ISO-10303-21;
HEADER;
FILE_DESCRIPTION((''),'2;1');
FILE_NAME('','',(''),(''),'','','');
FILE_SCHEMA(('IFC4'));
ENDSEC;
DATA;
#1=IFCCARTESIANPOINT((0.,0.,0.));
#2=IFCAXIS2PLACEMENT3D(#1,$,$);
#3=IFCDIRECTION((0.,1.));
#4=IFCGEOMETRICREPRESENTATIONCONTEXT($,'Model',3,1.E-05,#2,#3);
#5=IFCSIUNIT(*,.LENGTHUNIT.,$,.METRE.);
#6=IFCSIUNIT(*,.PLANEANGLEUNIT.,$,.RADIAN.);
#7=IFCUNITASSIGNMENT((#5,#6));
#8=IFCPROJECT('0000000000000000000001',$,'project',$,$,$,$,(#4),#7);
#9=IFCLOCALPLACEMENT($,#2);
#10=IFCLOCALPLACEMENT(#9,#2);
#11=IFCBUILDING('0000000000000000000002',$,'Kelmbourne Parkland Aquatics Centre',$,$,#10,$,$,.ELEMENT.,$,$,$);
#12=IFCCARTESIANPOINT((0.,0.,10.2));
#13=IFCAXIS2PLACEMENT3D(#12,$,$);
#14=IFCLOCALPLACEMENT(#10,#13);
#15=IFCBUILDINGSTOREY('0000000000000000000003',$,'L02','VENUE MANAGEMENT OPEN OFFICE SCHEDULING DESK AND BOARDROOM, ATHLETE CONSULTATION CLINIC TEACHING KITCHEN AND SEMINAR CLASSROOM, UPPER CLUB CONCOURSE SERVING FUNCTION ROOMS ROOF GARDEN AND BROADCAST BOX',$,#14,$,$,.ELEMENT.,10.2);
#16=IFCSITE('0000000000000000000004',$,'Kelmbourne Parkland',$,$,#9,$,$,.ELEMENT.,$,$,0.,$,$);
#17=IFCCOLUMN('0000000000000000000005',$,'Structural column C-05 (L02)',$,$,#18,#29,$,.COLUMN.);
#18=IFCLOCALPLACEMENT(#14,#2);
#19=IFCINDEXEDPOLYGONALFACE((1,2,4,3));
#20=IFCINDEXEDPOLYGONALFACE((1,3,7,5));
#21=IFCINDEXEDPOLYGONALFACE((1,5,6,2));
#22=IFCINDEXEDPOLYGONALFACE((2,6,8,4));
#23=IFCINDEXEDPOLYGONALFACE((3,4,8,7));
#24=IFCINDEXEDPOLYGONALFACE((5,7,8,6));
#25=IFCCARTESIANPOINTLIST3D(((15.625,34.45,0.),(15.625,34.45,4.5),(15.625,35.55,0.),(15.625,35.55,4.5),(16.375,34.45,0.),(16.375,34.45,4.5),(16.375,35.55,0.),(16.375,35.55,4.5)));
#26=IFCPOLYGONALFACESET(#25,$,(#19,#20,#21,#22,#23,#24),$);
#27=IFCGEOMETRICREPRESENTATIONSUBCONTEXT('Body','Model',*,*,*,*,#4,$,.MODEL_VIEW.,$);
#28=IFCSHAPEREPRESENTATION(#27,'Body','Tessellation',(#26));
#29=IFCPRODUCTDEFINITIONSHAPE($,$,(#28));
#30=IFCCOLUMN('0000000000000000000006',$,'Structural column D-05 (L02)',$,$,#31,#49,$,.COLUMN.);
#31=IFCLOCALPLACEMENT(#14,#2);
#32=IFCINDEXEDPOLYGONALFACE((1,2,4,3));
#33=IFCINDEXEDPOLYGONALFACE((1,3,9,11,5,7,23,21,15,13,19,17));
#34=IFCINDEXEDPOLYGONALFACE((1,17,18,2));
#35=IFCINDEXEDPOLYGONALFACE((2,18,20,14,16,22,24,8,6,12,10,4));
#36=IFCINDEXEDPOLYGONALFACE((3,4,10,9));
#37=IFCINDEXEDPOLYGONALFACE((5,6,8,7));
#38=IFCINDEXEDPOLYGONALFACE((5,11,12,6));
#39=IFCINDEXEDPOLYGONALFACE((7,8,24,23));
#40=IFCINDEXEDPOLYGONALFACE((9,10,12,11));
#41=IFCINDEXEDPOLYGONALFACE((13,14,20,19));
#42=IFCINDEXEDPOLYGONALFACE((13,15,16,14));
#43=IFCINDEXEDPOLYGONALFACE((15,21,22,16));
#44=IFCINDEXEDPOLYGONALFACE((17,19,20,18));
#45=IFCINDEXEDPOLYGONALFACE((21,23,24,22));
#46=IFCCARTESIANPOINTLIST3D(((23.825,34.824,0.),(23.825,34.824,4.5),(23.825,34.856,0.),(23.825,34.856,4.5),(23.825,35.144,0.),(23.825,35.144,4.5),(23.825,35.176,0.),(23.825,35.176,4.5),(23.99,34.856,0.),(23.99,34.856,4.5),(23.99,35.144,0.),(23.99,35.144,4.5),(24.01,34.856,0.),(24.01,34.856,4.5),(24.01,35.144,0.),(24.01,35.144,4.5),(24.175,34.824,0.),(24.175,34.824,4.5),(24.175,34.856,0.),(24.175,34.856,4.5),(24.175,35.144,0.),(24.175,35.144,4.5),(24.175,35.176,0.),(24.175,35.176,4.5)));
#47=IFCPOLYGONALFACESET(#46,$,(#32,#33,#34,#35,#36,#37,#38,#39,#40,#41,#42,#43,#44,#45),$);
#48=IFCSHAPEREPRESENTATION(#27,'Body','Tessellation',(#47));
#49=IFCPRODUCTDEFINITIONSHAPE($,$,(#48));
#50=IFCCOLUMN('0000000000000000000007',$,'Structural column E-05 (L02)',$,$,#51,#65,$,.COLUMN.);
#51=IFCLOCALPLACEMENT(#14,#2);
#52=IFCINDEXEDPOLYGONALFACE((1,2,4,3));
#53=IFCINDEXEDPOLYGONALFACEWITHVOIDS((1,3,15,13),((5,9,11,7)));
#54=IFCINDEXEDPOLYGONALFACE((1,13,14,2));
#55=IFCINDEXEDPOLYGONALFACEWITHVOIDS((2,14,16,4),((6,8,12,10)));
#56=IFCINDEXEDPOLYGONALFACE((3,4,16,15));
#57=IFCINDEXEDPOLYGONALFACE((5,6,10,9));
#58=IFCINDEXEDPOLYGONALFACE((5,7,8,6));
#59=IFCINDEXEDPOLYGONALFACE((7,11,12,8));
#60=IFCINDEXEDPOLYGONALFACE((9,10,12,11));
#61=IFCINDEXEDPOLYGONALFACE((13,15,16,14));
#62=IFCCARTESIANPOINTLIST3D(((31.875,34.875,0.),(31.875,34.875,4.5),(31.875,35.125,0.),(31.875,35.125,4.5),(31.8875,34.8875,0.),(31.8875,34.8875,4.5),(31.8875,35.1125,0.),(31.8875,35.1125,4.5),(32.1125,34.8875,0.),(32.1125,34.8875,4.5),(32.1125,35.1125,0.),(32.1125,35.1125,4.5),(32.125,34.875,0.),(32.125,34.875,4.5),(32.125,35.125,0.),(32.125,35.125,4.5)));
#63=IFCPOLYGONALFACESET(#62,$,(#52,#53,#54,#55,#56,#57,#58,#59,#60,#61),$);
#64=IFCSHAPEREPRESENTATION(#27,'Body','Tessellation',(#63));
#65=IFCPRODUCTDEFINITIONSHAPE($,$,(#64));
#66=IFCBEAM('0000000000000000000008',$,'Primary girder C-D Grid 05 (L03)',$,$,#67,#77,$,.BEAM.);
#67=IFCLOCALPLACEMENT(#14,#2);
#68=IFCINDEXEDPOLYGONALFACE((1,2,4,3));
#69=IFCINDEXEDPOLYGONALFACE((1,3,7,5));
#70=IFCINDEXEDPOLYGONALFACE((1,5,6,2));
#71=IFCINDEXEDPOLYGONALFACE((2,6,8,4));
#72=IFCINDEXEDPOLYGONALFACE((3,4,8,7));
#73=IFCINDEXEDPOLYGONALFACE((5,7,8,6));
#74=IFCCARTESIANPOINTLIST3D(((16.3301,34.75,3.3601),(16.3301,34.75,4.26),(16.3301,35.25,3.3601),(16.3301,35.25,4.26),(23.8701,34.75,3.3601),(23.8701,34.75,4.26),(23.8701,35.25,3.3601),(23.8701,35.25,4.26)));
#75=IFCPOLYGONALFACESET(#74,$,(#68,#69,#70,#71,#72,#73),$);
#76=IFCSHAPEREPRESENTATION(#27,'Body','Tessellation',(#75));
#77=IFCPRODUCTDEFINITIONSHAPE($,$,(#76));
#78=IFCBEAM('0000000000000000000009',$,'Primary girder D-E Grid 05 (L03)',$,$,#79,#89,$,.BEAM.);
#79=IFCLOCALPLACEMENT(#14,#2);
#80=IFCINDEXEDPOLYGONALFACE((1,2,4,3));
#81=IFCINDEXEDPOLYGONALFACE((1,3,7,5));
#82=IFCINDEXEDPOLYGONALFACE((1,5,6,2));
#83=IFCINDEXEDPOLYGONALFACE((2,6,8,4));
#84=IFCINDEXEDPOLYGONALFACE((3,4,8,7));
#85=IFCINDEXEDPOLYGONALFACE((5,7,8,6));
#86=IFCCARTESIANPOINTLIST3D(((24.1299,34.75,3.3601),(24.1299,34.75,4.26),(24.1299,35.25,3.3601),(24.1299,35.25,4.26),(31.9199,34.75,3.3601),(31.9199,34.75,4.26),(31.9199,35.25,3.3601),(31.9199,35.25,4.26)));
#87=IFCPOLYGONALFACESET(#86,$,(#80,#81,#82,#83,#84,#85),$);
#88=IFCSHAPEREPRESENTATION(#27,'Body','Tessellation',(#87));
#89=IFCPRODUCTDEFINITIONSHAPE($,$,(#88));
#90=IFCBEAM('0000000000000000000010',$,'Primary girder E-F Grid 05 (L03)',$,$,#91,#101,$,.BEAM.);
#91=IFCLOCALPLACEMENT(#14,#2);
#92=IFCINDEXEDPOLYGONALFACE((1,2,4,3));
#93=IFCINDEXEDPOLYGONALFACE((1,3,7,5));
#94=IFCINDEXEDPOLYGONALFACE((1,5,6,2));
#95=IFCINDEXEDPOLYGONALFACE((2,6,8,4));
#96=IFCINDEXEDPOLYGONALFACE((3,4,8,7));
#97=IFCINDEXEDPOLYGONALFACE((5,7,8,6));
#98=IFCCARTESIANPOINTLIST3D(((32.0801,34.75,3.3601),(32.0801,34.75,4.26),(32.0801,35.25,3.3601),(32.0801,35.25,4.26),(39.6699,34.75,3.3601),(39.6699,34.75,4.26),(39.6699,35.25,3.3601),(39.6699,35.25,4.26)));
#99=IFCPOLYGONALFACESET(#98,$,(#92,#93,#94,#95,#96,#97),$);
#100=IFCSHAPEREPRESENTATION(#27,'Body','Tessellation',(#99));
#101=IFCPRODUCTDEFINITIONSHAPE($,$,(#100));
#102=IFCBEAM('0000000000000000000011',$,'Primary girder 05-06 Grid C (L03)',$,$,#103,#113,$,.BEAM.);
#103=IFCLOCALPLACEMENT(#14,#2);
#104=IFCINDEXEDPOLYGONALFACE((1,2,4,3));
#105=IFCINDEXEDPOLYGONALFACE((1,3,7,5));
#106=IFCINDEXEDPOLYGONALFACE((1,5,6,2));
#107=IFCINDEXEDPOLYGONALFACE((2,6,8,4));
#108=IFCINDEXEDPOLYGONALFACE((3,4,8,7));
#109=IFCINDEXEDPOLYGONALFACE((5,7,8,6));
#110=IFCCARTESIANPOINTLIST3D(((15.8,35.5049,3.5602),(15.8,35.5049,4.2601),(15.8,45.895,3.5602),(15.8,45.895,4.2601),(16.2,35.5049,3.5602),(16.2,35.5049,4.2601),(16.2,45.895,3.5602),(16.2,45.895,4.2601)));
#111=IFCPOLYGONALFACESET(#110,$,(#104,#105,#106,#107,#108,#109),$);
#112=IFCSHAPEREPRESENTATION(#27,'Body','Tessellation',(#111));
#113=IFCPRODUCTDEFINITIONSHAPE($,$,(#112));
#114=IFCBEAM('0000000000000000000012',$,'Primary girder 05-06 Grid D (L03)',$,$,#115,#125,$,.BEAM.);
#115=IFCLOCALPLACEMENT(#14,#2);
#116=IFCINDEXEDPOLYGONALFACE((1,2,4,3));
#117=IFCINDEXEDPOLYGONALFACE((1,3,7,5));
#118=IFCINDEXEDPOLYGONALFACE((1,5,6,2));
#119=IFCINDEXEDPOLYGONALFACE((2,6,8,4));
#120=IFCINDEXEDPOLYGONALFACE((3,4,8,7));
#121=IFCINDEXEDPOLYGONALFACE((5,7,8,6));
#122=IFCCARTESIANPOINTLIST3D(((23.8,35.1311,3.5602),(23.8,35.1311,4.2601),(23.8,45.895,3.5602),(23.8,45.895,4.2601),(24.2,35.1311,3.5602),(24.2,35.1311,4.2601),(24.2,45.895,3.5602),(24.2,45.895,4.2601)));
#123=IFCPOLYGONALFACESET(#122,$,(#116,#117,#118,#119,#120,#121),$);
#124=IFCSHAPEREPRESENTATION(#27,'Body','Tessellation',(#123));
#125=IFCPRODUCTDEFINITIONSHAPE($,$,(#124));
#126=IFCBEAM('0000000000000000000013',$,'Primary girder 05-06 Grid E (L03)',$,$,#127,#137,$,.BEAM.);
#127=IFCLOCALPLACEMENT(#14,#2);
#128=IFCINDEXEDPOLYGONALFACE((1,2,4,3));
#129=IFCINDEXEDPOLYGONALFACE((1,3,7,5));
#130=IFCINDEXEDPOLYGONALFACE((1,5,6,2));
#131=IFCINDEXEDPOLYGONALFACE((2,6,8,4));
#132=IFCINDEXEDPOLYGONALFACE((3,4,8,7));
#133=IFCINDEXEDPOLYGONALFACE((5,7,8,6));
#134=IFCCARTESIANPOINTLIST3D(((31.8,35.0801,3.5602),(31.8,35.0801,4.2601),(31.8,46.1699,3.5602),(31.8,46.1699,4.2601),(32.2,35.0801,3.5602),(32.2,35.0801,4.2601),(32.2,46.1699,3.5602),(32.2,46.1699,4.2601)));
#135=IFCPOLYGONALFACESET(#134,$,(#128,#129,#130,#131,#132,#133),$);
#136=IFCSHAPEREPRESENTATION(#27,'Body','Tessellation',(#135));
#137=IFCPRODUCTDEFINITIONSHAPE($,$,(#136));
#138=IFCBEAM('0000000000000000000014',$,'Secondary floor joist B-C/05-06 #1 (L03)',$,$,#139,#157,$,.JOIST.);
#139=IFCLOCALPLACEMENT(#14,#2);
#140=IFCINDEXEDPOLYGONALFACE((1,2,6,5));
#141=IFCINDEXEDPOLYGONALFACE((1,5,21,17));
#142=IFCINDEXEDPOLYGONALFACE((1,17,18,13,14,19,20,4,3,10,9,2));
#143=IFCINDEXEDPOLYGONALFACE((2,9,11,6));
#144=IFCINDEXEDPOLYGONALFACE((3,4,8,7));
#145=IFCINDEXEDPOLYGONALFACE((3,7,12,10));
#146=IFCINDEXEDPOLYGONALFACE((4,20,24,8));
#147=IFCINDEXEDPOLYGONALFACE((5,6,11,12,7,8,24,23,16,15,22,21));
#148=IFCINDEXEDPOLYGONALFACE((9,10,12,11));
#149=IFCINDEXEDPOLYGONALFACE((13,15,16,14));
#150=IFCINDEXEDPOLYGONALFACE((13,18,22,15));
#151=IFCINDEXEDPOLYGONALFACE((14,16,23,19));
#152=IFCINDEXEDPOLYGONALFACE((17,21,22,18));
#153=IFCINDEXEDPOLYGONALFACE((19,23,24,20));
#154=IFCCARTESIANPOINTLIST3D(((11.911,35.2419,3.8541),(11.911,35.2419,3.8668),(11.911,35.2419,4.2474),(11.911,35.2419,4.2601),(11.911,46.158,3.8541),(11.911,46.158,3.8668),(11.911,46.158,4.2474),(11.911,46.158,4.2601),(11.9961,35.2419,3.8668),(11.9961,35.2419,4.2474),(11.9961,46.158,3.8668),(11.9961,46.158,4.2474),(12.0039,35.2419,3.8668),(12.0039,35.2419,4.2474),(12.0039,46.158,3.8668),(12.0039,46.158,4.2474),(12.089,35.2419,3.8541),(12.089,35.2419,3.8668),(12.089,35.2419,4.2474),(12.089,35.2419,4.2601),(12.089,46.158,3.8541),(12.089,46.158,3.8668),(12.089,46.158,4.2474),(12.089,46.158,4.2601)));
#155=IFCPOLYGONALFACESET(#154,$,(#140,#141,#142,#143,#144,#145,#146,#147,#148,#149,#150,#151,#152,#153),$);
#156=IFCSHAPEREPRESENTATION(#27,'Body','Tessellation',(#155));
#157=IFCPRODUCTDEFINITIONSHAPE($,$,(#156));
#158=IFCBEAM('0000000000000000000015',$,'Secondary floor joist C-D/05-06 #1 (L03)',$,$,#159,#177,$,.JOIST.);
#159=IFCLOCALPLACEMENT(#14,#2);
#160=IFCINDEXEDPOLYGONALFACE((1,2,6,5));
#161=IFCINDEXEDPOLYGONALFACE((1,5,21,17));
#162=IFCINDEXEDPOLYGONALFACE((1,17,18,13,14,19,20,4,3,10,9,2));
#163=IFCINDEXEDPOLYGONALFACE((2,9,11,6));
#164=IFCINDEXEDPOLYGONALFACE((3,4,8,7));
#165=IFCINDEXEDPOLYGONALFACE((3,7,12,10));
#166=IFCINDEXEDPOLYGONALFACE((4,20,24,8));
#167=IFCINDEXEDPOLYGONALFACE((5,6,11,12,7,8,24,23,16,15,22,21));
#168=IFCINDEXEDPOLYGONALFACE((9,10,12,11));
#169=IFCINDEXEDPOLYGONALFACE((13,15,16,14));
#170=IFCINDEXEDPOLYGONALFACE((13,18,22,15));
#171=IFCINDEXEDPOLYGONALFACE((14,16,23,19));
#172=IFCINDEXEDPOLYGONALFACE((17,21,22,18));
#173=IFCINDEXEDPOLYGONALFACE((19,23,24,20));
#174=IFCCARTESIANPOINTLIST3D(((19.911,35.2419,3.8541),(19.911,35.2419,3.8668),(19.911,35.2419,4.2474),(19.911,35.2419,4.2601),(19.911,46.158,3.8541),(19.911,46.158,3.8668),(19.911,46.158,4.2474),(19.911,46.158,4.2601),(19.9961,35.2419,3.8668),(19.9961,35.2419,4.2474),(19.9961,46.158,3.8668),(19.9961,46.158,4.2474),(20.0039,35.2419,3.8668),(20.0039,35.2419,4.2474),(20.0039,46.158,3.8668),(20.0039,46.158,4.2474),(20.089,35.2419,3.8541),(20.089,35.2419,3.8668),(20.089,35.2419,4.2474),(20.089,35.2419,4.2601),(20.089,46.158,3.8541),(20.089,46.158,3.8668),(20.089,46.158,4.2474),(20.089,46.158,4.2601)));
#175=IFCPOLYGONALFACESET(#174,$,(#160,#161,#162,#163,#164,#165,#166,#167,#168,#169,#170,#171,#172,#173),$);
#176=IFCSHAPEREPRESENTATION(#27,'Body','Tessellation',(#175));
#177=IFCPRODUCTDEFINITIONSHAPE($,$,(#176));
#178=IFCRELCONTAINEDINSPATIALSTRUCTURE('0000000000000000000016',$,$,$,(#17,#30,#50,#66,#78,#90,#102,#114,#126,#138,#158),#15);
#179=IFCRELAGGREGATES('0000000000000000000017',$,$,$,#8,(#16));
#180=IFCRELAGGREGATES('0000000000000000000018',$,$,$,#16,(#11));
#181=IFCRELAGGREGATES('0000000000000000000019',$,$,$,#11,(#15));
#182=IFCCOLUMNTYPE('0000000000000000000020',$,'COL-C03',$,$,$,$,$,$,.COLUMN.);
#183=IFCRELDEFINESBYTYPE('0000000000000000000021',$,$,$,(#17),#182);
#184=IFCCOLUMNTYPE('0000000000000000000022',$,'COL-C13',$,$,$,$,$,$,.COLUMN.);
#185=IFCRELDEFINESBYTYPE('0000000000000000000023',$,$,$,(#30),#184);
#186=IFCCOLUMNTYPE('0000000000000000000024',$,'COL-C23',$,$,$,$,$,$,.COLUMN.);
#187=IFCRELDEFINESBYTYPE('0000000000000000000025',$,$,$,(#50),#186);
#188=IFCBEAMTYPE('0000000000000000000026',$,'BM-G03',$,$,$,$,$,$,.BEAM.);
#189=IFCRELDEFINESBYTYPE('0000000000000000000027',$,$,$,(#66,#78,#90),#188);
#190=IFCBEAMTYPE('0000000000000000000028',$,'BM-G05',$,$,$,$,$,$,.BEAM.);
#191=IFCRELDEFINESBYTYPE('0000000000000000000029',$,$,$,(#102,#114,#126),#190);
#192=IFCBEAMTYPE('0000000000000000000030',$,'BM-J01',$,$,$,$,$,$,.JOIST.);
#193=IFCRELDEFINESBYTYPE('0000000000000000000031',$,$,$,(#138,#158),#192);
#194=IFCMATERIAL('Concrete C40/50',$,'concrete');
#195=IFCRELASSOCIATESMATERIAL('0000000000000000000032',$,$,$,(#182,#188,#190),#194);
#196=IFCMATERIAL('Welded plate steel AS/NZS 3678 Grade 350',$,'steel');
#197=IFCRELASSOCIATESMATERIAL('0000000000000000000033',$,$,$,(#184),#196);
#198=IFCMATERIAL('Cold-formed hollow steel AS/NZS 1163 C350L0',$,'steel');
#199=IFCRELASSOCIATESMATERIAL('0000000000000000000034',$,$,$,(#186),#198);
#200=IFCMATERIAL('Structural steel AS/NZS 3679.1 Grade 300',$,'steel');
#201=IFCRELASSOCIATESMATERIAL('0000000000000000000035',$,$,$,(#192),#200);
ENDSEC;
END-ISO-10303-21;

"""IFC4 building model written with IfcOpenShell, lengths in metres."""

from ifc_helpers import new_model, si_unit, direction, frame, origin, origin_2d, place, context, subcontext, project, spatial, rectangle, hollow_rectangle, i_section, extrude, material, material_profile, profile_set, type_object, element, save


model = new_model("IFC4")

# Units and contexts
model_context = context("Model", 3, precision=1e-05, world=origin(), true_north=direction((0.0, 1.0)))
body_context = subcontext(model_context, "Body", "Model", "MODEL_VIEW")
ifc_project = project(units=[si_unit("LENGTHUNIT", "METRE"), si_unit("PLANEANGLEUNIT", "RADIAN")], contexts=[model_context])

# Site, building, storey
site_placement = place(None, origin())
site = spatial("IfcSite", under=ifc_project, at=site_placement, Name="Kelmbourne Parkland", CompositionType="ELEMENT", RefElevation=0.0)
building_placement = place(site_placement, origin())
building = spatial("IfcBuilding", under=site, at=building_placement, Name="Kelmbourne Parkland Aquatics Centre", CompositionType="ELEMENT")
storey_placement = place(building_placement, frame((0.0, 0.0, 10.2)))
storey = spatial("IfcBuildingStorey", under=building, at=storey_placement, Name="L02", Description="VENUE MANAGEMENT OPEN OFFICE SCHEDULING DESK AND BOARDROOM, ATHLETE CONSULTATION CLINIC TEACHING KITCHEN AND SEMINAR CLASSROOM, UPPER CLUB CONCOURSE SERVING FUNCTION ROOMS ROOF GARDEN AND BROADCAST BOX", CompositionType="ELEMENT", Elevation=10.2)

# Columns
ifc_material_1 = material(Name="Concrete C40/50", Category="concrete")
ifc_material_profile_1 = material_profile(ifc_material_1, rectangle(XDim=0.75, YDim=1.1001, at=origin_2d()), Name="RC 750x1100")
ifc_profile_set_1 = profile_set([ifc_material_profile_1], Name="Concrete C40/50")
column_type_1 = type_object("IfcColumnType", Name="COL-C03", PredefinedType="COLUMN", material=ifc_profile_set_1)
column_1_placement = place(storey_placement, frame((16.0, 35.0, 0.0), z_axis=(0.0, 0.0, 1.0), x_axis=(1.0, 0.0, 0.0)))
element("IfcColumn", 1, at=column_1_placement, inside=storey, type_object=column_type_1, Name="Structural column C-05 (L02)", PredefinedType="COLUMN", context=body_context, shape_type="SweptSolid", body=[
    extrude(rectangle(XDim=0.75, YDim=1.1001, at=origin_2d()), origin(), (0.0, 0.0, 1.0), 4.5),
])
ifc_material_2 = material(Name="Welded plate steel AS/NZS 3678 Grade 350", Category="steel")
ifc_material_profile_2 = material_profile(ifc_material_2, i_section(OverallWidth=0.3501, OverallDepth=0.3521, WebThickness=0.02, FlangeThickness=0.032, at=origin_2d()), Name="350WC230")
ifc_profile_set_2 = profile_set([ifc_material_profile_2], Name="Welded plate steel AS/NZS 3678 Grade 350")
column_type_2 = type_object("IfcColumnType", Name="COL-C13", PredefinedType="COLUMN", material=ifc_profile_set_2)
column_2_placement = place(storey_placement, frame((24.0, 35.0, 0.0), z_axis=(0.0, 0.0, 1.0), x_axis=(1.0, 0.0, 0.0)))
element("IfcColumn", 2, at=column_2_placement, inside=storey, type_object=column_type_2, Name="Structural column D-05 (L02)", PredefinedType="COLUMN", context=body_context, shape_type="SweptSolid", body=[
    extrude(i_section(OverallWidth=0.3501, OverallDepth=0.3521, WebThickness=0.02, FlangeThickness=0.032, at=origin_2d()), origin(), (0.0, 0.0, 1.0), 4.5),
])
ifc_material_3 = material(Name="Cold-formed hollow steel AS/NZS 1163 C350L0", Category="steel")
ifc_material_profile_3 = material_profile(ifc_material_3, hollow_rectangle(XDim=0.25, YDim=0.25, WallThickness=0.0125, at=origin_2d()), Name="SHS 250x250x12.5")
ifc_profile_set_3 = profile_set([ifc_material_profile_3], Name="Cold-formed hollow steel AS/NZS 1163 C350L0")
column_type_3 = type_object("IfcColumnType", Name="COL-C23", PredefinedType="COLUMN", material=ifc_profile_set_3)
column_3_placement = place(storey_placement, frame((32.0, 35.0, 0.0), z_axis=(0.0, 0.0, 1.0), x_axis=(1.0, 0.0, 0.0)))
element("IfcColumn", 3, at=column_3_placement, inside=storey, type_object=column_type_3, Name="Structural column E-05 (L02)", PredefinedType="COLUMN", context=body_context, shape_type="SweptSolid", body=[
    extrude(hollow_rectangle(XDim=0.25, YDim=0.25, WallThickness=0.0125, at=origin_2d()), origin(), (0.0, 0.0, 1.0), 4.5),
])

# Beams
ifc_material_profile_4 = material_profile(ifc_material_1, rectangle(XDim=0.5, YDim=0.8999, at=origin_2d()), Name="RC 500x900")
ifc_profile_set_4 = profile_set([ifc_material_profile_4], Name="Concrete C40/50")
beam_type_1 = type_object("IfcBeamType", Name="BM-G03", PredefinedType="BEAM", material=ifc_profile_set_4)
beam_1_placement = place(storey_placement, frame((16.3301, 35.0, 3.8101), z_axis=(1.0, 0.0, 0.0), x_axis=(0.0, 1.0, 0.0)))
element("IfcBeam", 4, at=beam_1_placement, inside=storey, type_object=beam_type_1, Name="Primary girder C-D Grid 05 (L03)", PredefinedType="BEAM", context=body_context, shape_type="SweptSolid", body=[
    extrude(rectangle(XDim=0.5, YDim=0.8999, at=origin_2d()), origin(), (0.0, 0.0, 1.0), 7.54),
])
beam_2_placement = place(storey_placement, frame((24.1299, 35.0, 3.8101), z_axis=(1.0, 0.0, 0.0), x_axis=(0.0, 1.0, 0.0)))
element("IfcBeam", 5, at=beam_2_placement, inside=storey, type_object=beam_type_1, Name="Primary girder D-E Grid 05 (L03)", PredefinedType="BEAM", context=body_context, shape_type="SweptSolid", body=[
    extrude(rectangle(XDim=0.5, YDim=0.8999, at=origin_2d()), origin(), (0.0, 0.0, 1.0), 7.79),
])
beam_3_placement = place(storey_placement, frame((32.0801, 35.0, 3.8101), z_axis=(1.0, 0.0, 0.0), x_axis=(0.0, 1.0, 0.0)))
element("IfcBeam", 6, at=beam_3_placement, inside=storey, type_object=beam_type_1, Name="Primary girder E-F Grid 05 (L03)", PredefinedType="BEAM", context=body_context, shape_type="SweptSolid", body=[
    extrude(rectangle(XDim=0.5, YDim=0.8999, at=origin_2d()), origin(), (0.0, 0.0, 1.0), 7.5898),
])
ifc_material_profile_5 = material_profile(ifc_material_1, rectangle(XDim=0.3999, YDim=0.7, at=origin_2d()), Name="RC 400x700")
ifc_profile_set_5 = profile_set([ifc_material_profile_5], Name="Concrete C40/50")
beam_type_2 = type_object("IfcBeamType", Name="BM-G05", PredefinedType="BEAM", material=ifc_profile_set_5)
beam_4_placement = place(storey_placement, frame((16.0, 35.5049, 3.9102), z_axis=(0.0, 1.0, 0.0), x_axis=(-1.0, 0.0, 0.0)))
element("IfcBeam", 7, at=beam_4_placement, inside=storey, type_object=beam_type_2, Name="Primary girder 05-06 Grid C (L03)", PredefinedType="BEAM", context=body_context, shape_type="SweptSolid", body=[
    extrude(rectangle(XDim=0.3999, YDim=0.7, at=origin_2d()), origin(), (0.0, 0.0, 1.0), 10.3901),
])
beam_5_placement = place(storey_placement, frame((24.0, 35.1311, 3.9102), z_axis=(0.0, 1.0, 0.0), x_axis=(-1.0, 0.0, 0.0)))
element("IfcBeam", 8, at=beam_5_placement, inside=storey, type_object=beam_type_2, Name="Primary girder 05-06 Grid D (L03)", PredefinedType="BEAM", context=body_context, shape_type="SweptSolid", body=[
    extrude(rectangle(XDim=0.3999, YDim=0.7, at=origin_2d()), origin(), (0.0, 0.0, 1.0), 10.7639),
])
beam_6_placement = place(storey_placement, frame((32.0, 35.0801, 3.9102), z_axis=(0.0, 1.0, 0.0), x_axis=(-1.0, 0.0, 0.0)))
element("IfcBeam", 9, at=beam_6_placement, inside=storey, type_object=beam_type_2, Name="Primary girder 05-06 Grid E (L03)", PredefinedType="BEAM", context=body_context, shape_type="SweptSolid", body=[
    extrude(rectangle(XDim=0.3999, YDim=0.7, at=origin_2d()), origin(), (0.0, 0.0, 1.0), 11.0898),
])
ifc_material_4 = material(Name="Structural steel AS/NZS 3679.1 Grade 300", Category="steel")
ifc_material_profile_6 = material_profile(ifc_material_4, i_section(OverallWidth=0.178, OverallDepth=0.406, WebThickness=0.0078, FlangeThickness=0.0127, at=origin_2d()), Name="410UB59.7")
ifc_profile_set_6 = profile_set([ifc_material_profile_6], Name="Structural steel AS/NZS 3679.1 Grade 300")
beam_type_3 = type_object("IfcBeamType", Name="BM-J01", PredefinedType="JOIST", material=ifc_profile_set_6)
for number, where, z_axis, x_axis, name in (
    (10, (12.0, 35.2419, 4.0571), (0.0, 1.0, 0.0), (-1.0, 0.0, 0.0), "Secondary floor joist B-C/05-06 #1 (L03)"),
    (11, (20.0, 35.2419, 4.0571), (0.0, 1.0, 0.0), (-1.0, 0.0, 0.0), "Secondary floor joist C-D/05-06 #1 (L03)"),
):
    element("IfcBeam", number, at=place(storey_placement, frame(where, z_axis=z_axis, x_axis=x_axis)), inside=storey, type_object=beam_type_3, Name=name, PredefinedType="JOIST", context=body_context, shape_type="SweptSolid", body=[
        extrude(i_section(OverallWidth=0.178, OverallDepth=0.406, WebThickness=0.0078, FlangeThickness=0.0127, at=origin_2d()), origin(), (0.0, 0.0, 1.0), 10.916),
    ])

save(model, "model.ifc")
